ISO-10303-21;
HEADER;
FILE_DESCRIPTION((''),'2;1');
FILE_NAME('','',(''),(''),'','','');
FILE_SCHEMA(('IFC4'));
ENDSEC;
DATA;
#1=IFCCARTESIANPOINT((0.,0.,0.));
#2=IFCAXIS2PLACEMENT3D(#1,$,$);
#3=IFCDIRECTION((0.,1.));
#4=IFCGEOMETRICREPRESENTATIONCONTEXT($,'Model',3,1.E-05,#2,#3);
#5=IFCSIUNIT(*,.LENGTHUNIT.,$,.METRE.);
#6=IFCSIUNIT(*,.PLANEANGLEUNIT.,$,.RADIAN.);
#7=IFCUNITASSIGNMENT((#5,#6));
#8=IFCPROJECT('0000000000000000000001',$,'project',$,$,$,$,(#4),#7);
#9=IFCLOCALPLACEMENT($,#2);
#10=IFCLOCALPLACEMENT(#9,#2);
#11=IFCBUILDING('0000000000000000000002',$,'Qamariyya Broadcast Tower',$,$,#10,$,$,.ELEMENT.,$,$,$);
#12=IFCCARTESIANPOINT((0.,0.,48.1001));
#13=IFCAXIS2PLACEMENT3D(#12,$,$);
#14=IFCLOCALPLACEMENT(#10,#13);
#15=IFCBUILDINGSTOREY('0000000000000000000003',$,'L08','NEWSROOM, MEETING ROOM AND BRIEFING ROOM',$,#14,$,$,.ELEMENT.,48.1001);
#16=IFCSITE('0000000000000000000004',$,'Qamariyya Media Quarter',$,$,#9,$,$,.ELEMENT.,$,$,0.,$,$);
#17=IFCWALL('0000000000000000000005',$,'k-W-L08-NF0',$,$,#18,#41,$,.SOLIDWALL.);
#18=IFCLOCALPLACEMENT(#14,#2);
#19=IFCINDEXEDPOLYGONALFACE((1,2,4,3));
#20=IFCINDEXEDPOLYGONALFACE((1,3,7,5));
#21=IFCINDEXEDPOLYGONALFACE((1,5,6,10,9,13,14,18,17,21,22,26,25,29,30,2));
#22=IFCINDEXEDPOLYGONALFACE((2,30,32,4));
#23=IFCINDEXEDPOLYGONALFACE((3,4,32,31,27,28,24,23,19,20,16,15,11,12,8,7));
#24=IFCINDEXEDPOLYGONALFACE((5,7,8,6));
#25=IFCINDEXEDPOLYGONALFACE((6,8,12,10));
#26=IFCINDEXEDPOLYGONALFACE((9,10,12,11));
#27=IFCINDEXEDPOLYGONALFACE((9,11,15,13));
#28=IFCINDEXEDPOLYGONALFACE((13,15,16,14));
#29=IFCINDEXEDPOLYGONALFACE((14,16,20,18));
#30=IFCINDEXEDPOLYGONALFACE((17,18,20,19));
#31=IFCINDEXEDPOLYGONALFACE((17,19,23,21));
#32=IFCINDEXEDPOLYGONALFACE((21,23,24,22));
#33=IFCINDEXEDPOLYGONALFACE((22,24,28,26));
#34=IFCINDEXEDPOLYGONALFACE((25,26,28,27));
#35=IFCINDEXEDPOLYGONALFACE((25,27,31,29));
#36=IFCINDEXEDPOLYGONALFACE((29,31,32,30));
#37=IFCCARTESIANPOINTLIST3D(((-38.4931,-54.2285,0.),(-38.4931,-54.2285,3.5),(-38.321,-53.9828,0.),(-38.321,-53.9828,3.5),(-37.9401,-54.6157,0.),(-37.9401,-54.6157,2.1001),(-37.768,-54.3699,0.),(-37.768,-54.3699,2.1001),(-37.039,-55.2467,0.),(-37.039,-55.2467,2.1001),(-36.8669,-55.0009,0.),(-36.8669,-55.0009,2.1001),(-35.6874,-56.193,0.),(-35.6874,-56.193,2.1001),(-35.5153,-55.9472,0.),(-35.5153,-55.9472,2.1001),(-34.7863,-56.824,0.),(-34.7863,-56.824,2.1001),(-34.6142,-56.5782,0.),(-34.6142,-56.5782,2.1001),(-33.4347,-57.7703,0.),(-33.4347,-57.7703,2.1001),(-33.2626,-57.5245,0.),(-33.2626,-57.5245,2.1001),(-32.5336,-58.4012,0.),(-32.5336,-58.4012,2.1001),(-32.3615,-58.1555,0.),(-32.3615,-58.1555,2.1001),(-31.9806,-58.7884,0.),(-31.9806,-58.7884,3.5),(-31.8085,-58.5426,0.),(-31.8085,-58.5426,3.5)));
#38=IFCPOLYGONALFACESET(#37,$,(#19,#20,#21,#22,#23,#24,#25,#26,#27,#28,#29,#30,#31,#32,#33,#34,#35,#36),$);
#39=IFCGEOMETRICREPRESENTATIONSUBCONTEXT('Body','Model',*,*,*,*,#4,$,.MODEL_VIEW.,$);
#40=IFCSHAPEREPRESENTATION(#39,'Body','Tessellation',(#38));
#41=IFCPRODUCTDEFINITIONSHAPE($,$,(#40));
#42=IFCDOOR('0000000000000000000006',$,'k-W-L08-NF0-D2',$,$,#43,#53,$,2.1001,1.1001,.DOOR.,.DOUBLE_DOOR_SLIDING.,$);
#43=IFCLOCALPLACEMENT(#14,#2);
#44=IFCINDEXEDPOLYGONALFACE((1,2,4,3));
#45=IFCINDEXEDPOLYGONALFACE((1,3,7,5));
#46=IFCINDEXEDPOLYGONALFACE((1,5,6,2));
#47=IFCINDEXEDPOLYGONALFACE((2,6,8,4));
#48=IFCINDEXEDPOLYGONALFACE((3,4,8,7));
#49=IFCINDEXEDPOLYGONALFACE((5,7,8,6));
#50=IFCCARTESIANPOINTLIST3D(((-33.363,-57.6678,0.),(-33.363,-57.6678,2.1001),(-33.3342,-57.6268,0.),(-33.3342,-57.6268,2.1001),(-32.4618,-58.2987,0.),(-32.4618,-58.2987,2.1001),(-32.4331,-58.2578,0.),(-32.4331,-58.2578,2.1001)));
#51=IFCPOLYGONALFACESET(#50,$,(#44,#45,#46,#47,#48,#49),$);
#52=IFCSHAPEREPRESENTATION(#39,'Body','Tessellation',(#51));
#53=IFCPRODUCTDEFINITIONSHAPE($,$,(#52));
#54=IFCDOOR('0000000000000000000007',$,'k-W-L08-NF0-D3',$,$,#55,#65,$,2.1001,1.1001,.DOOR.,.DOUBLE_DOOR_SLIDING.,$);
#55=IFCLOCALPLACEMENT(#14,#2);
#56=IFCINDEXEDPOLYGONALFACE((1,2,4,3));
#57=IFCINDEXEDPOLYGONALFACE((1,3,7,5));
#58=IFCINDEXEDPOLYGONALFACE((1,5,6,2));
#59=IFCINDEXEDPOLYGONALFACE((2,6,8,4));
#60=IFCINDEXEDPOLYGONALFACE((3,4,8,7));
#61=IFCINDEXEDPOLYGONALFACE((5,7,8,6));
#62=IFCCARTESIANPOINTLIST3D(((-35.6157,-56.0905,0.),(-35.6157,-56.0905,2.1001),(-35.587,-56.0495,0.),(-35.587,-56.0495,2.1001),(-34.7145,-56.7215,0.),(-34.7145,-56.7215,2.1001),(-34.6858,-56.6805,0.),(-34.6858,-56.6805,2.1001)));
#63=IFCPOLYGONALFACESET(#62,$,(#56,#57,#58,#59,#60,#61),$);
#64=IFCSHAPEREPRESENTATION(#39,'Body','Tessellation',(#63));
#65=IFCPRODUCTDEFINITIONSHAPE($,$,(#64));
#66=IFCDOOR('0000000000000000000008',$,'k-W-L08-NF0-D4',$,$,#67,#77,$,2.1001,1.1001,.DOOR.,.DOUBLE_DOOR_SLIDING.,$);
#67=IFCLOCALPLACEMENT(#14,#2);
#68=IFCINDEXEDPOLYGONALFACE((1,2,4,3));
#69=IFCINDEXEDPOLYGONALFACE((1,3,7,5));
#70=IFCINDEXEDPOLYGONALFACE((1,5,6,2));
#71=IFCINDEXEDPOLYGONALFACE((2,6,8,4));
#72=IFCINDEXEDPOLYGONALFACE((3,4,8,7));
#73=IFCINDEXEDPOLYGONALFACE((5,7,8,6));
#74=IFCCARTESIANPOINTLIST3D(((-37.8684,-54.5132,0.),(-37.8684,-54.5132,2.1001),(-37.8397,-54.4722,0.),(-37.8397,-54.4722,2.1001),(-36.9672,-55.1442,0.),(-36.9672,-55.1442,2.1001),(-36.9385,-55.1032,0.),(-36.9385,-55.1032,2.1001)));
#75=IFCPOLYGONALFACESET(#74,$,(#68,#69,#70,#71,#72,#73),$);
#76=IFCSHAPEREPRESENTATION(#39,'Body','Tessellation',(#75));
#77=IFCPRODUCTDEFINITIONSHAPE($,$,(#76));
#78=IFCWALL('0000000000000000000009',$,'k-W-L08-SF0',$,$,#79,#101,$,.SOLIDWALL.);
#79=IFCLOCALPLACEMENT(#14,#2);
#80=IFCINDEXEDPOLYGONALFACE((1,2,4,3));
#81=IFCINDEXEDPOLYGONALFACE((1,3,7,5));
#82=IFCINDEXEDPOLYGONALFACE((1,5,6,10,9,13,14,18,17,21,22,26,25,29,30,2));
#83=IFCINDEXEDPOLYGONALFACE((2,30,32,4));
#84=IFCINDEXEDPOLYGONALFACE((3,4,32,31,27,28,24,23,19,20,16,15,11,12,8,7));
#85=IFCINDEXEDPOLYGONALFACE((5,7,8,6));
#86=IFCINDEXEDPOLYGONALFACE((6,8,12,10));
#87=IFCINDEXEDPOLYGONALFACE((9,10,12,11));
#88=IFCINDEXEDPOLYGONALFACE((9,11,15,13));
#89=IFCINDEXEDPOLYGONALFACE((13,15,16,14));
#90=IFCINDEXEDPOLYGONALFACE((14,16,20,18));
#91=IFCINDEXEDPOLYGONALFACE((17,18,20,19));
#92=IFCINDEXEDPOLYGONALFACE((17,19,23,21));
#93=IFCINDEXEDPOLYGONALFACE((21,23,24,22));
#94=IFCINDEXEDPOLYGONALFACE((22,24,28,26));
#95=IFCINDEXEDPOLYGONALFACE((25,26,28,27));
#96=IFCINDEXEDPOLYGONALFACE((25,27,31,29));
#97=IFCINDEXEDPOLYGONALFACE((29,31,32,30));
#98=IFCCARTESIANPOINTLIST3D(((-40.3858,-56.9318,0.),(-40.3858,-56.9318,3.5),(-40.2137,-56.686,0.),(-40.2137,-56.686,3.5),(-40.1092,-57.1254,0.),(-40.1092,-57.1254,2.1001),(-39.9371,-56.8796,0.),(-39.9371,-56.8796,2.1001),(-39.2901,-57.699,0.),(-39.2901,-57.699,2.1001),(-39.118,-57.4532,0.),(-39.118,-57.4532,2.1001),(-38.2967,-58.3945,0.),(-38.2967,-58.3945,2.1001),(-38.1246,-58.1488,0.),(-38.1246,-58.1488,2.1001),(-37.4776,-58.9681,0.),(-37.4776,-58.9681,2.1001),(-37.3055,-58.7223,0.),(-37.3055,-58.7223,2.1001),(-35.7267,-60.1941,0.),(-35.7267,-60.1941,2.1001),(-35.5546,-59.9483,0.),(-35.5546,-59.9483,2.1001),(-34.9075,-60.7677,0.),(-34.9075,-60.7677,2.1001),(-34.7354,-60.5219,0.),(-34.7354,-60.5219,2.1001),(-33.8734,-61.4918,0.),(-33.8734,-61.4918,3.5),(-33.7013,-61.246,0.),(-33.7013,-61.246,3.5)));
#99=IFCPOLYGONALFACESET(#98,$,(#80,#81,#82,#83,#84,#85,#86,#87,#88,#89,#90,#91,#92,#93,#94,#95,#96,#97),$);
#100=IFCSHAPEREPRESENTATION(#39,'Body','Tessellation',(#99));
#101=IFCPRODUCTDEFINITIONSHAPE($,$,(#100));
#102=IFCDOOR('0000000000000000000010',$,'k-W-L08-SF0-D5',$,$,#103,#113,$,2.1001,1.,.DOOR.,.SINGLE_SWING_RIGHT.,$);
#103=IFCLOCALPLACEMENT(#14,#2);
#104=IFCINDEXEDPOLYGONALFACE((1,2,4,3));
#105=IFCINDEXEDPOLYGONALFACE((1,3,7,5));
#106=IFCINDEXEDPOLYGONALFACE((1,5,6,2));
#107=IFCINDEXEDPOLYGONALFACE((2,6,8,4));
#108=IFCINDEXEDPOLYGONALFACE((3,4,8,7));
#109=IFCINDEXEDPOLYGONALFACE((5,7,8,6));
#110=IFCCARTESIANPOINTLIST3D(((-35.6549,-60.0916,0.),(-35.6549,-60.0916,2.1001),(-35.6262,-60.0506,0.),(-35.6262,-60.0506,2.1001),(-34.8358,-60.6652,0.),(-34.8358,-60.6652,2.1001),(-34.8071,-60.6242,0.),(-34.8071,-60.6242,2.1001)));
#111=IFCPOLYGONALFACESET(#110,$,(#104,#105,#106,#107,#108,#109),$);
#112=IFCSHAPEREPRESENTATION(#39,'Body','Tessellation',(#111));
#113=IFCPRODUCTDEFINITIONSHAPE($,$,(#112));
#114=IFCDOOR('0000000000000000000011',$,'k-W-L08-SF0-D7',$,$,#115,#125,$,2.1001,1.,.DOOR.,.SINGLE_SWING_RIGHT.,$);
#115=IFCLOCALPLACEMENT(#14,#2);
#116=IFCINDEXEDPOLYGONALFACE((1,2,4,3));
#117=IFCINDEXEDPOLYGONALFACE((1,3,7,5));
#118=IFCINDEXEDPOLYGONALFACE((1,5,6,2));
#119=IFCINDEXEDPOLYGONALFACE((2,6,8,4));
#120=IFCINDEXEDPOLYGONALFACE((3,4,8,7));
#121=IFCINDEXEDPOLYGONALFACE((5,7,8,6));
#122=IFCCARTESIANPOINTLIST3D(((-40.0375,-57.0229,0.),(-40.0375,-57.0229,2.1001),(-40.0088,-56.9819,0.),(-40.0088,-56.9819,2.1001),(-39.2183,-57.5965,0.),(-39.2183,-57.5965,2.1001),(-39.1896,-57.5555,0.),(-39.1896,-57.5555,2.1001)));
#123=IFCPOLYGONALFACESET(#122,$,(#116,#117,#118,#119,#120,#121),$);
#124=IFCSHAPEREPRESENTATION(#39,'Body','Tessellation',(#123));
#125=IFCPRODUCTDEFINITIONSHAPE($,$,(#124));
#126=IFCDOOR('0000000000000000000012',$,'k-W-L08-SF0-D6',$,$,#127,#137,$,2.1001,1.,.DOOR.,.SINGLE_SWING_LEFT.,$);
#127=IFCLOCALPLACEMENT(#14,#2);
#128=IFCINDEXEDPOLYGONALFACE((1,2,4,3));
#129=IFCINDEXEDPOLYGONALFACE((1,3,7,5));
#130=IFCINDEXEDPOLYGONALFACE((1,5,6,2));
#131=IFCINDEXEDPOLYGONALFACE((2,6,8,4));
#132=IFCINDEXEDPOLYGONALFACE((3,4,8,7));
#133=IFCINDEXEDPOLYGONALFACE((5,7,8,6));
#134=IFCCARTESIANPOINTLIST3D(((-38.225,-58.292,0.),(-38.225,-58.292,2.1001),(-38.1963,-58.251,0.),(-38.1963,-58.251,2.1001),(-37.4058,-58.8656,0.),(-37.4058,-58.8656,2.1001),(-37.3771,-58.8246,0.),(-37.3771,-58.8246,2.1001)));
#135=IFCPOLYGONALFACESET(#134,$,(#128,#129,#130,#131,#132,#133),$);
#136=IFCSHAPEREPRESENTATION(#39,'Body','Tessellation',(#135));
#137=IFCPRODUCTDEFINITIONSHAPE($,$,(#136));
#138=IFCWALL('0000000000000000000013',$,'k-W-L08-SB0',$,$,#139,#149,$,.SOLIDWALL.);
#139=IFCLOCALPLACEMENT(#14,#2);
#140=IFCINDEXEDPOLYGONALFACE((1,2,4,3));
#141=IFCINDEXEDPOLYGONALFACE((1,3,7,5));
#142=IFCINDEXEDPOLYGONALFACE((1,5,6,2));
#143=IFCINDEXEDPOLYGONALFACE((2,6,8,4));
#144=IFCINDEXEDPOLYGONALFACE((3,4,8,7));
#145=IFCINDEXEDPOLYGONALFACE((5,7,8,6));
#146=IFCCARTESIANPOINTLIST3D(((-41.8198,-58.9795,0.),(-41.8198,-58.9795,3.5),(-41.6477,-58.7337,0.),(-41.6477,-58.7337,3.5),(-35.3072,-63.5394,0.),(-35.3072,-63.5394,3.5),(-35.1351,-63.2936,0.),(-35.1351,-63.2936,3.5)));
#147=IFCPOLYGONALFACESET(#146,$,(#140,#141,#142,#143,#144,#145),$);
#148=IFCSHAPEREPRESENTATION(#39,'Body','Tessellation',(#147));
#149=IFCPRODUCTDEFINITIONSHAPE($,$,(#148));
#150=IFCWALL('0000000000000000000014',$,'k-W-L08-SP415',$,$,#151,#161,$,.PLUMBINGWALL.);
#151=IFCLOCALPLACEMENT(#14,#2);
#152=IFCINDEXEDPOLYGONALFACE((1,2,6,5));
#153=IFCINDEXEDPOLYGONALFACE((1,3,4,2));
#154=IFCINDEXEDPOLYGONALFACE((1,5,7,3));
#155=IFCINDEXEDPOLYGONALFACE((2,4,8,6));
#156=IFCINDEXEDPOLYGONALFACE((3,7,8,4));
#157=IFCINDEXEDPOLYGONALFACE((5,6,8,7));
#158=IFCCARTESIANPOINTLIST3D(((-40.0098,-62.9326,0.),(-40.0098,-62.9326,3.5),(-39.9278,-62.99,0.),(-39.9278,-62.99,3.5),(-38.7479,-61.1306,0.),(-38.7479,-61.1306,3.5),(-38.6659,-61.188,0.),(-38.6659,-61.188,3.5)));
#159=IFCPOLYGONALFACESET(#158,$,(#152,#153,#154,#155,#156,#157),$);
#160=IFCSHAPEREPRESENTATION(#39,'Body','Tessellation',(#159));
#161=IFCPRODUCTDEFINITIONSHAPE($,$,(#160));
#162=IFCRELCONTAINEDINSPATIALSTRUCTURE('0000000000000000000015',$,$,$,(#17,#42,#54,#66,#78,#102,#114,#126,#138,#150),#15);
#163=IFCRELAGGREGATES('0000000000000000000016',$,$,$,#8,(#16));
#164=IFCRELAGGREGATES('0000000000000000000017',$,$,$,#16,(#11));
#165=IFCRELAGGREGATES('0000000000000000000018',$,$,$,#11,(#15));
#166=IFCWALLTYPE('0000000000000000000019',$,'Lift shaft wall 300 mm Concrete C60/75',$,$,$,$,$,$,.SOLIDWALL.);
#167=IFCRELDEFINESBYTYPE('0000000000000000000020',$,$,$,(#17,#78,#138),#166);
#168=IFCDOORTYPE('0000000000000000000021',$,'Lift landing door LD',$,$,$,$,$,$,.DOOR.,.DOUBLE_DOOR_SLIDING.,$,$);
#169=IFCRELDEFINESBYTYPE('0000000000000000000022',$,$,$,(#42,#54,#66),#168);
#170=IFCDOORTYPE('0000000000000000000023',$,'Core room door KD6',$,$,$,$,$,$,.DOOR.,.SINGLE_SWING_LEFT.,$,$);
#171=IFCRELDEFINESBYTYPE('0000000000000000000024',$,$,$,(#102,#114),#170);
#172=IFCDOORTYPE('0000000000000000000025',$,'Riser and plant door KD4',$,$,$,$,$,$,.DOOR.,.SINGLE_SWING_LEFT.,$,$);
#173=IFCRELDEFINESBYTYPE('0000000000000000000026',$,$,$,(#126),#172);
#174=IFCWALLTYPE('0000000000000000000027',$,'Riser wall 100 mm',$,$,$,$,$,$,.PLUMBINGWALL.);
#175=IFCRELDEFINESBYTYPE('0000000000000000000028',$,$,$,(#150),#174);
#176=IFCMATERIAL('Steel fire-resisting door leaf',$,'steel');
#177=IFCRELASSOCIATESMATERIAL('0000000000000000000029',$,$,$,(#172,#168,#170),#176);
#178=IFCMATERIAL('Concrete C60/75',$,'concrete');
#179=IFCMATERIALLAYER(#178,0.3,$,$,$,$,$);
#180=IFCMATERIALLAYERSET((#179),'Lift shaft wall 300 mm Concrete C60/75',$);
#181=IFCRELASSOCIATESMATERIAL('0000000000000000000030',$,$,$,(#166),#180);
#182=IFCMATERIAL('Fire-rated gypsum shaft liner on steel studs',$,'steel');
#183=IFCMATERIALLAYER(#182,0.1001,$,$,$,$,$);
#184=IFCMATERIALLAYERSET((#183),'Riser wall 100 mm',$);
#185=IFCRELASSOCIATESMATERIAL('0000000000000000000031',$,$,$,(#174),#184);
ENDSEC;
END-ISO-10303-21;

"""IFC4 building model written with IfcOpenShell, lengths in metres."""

from ifc_helpers import new_model, si_unit, direction, frame, frame_2d, origin, place, context, subcontext, project, spatial, rectangle, extrude, material, layer, layer_set, type_object, element, fill, save


model = new_model("IFC4")

# Units and contexts
model_context = context("Model", 3, precision=1e-05, world=origin(), true_north=direction((0.0, 1.0)))
body_context = subcontext(model_context, "Body", "Model", "MODEL_VIEW")
ifc_project = project(units=[si_unit("LENGTHUNIT", "METRE"), si_unit("PLANEANGLEUNIT", "RADIAN")], contexts=[model_context])

# Site, building, storey
site_placement = place(None, origin())
site = spatial("IfcSite", under=ifc_project, at=site_placement, Name="Qamariyya Media Quarter", CompositionType="ELEMENT", RefElevation=0.0)
building_placement = place(site_placement, origin())
building = spatial("IfcBuilding", under=site, at=building_placement, Name="Qamariyya Broadcast Tower", CompositionType="ELEMENT")
storey_placement = place(building_placement, frame((0.0, 0.0, 48.1001)))
storey = spatial("IfcBuildingStorey", under=building, at=storey_placement, Name="L08", Description="NEWSROOM, MEETING ROOM AND BRIEFING ROOM", CompositionType="ELEMENT", Elevation=48.1001)

# Shared definitions
ifc_material_1 = material(Name="Steel fire-resisting door leaf", Category="steel")
door_type_1 = type_object("IfcDoorType", Name="Riser and plant door KD4", OperationType="SINGLE_SWING_LEFT", PredefinedType="DOOR", material=ifc_material_1)

# Walls, openings, doors
ifc_material_2 = material(Name="Concrete C60/75", Category="concrete")
ifc_layer_1 = layer(ifc_material_2, 0.3)
ifc_layer_set_1 = layer_set([ifc_layer_1], Name="Lift shaft wall 300 mm Concrete C60/75")
wall_type_1 = type_object("IfcWallType", Name="Lift shaft wall 300 mm Concrete C60/75", PredefinedType="SOLIDWALL", material=ifc_layer_set_1)
wall_1_placement = place(storey_placement, frame((-31.8945, -58.6655, 0.0), z_axis=(0.0, 0.0, 1.0), x_axis=(-0.819167, 0.573555, 0.0)))
wall_1 = element("IfcWall", 1, at=wall_1_placement, inside=storey, type_object=wall_type_1, Name="k-W-L08-NF0", PredefinedType="SOLIDWALL", context=body_context, shape_type="SweptSolid", body=[
    extrude(rectangle(XDim=7.9502, YDim=0.3, at=frame_2d((3.9751, 0.0))), origin(), (0.0, 0.0, 1.0), 3.5),
])
opening_1_placement = place(wall_1_placement, frame((0.675, 0.0, 0.0)))
opening_1 = element("IfcOpeningElement", 2, at=opening_1_placement, cuts=wall_1, PredefinedType="OPENING", context=body_context, shape_type="SweptSolid", body=[
    extrude(rectangle(XDim=1.1001, YDim=2.1001, at=frame_2d((0.55, 1.05))), frame((0.0, 0.1599, 0.0), z_axis=(0.0, -1.0, 0.0), x_axis=(1.0, 0.0, 0.0)), (0.0, 0.0, 1.0), 0.3201),
])
opening_2_placement = place(wall_1_placement, frame((3.425, 0.0, 0.0)))
opening_2 = element("IfcOpeningElement", 3, at=opening_2_placement, cuts=wall_1, PredefinedType="OPENING", context=body_context, shape_type="SweptSolid", body=[
    extrude(rectangle(XDim=1.1001, YDim=2.1001, at=frame_2d((0.55, 1.05))), frame((0.0, 0.1599, 0.0), z_axis=(0.0, -1.0, 0.0), x_axis=(1.0, 0.0, 0.0)), (0.0, 0.0, 1.0), 0.3201),
])
opening_3_placement = place(wall_1_placement, frame((6.175, 0.0, 0.0)))
opening_3 = element("IfcOpeningElement", 4, at=opening_3_placement, cuts=wall_1, PredefinedType="OPENING", context=body_context, shape_type="SweptSolid", body=[
    extrude(rectangle(XDim=1.1001, YDim=2.1001, at=frame_2d((0.55, 1.05))), frame((0.0, 0.1599, 0.0), z_axis=(0.0, -1.0, 0.0), x_axis=(1.0, 0.0, 0.0)), (0.0, 0.0, 1.0), 0.3201),
])
door_type_2 = type_object("IfcDoorType", Name="Lift landing door LD", OperationType="DOUBLE_DOOR_SLIDING", PredefinedType="DOOR", material=ifc_material_1)
door_1_placement = place(opening_1_placement, origin())
door_1 = element("IfcDoor", 5, at=door_1_placement, inside=storey, type_object=door_type_2, Name="k-W-L08-NF0-D2", OperationType="DOUBLE_DOOR_SLIDING", OverallHeight=2.1001, OverallWidth=1.1001, PredefinedType="DOOR", context=body_context, shape_type="SweptSolid", body=[
    extrude(rectangle(XDim=1.1001, YDim=2.1001, at=frame_2d((0.55, 1.05))), frame((0.0, 0.0249, 0.0), z_axis=(0.0, -1.0, 0.0), x_axis=(1.0, 0.0, 0.0)), (0.0, 0.0, 1.0), 0.05),
])
fill(opening_1, door_1)
door_2_placement = place(opening_2_placement, origin())
door_2 = element("IfcDoor", 6, at=door_2_placement, inside=storey, type_object=door_type_2, Name="k-W-L08-NF0-D3", OperationType="DOUBLE_DOOR_SLIDING", OverallHeight=2.1001, OverallWidth=1.1001, PredefinedType="DOOR", context=body_context, shape_type="SweptSolid", body=[
    extrude(rectangle(XDim=1.1001, YDim=2.1001, at=frame_2d((0.55, 1.05))), frame((0.0, 0.0249, 0.0), z_axis=(0.0, -1.0, 0.0), x_axis=(1.0, 0.0, 0.0)), (0.0, 0.0, 1.0), 0.05),
])
fill(opening_2, door_2)
door_3_placement = place(opening_3_placement, origin())
door_3 = element("IfcDoor", 7, at=door_3_placement, inside=storey, type_object=door_type_2, Name="k-W-L08-NF0-D4", OperationType="DOUBLE_DOOR_SLIDING", OverallHeight=2.1001, OverallWidth=1.1001, PredefinedType="DOOR", context=body_context, shape_type="SweptSolid", body=[
    extrude(rectangle(XDim=1.1001, YDim=2.1001, at=frame_2d((0.55, 1.05))), frame((0.0, 0.0249, 0.0), z_axis=(0.0, -1.0, 0.0), x_axis=(1.0, 0.0, 0.0)), (0.0, 0.0, 1.0), 0.05),
])
fill(opening_3, door_3)
wall_2_placement = place(storey_placement, frame((-33.7874, -61.3689, 0.0), z_axis=(0.0, 0.0, 1.0), x_axis=(-0.819153, 0.573576, 0.0)))
wall_2 = element("IfcWall", 8, at=wall_2_placement, inside=storey, type_object=wall_type_1, Name="k-W-L08-SF0", PredefinedType="SOLIDWALL", context=body_context, shape_type="SweptSolid", body=[
    extrude(rectangle(XDim=7.9502, YDim=0.3, at=frame_2d((3.9751, 0.0))), origin(), (0.0, 0.0, 1.0), 3.5),
])
opening_4_placement = place(wall_2_placement, frame((1.2625, 0.0, 0.0)))
opening_4 = element("IfcOpeningElement", 9, at=opening_4_placement, cuts=wall_2, PredefinedType="OPENING", context=body_context, shape_type="SweptSolid", body=[
    extrude(rectangle(XDim=1.0, YDim=2.1001, at=frame_2d((0.5, 1.05))), frame((0.0, 0.1599, 0.0), z_axis=(0.0, -1.0, 0.0), x_axis=(1.0, 0.0, 0.0)), (0.0, 0.0, 1.0), 0.3201),
])
opening_5_placement = place(wall_2_placement, frame((4.3999, 0.0, 0.0)))
opening_5 = element("IfcOpeningElement", 10, at=opening_5_placement, cuts=wall_2, PredefinedType="OPENING", context=body_context, shape_type="SweptSolid", body=[
    extrude(rectangle(XDim=1.0, YDim=2.1001, at=frame_2d((0.5, 1.05))), frame((0.0, 0.1599, 0.0), z_axis=(0.0, -1.0, 0.0), x_axis=(1.0, 0.0, 0.0)), (0.0, 0.0, 1.0), 0.3201),
])
opening_6_placement = place(wall_2_placement, frame((6.6125, 0.0, 0.0)))
opening_6 = element("IfcOpeningElement", 11, at=opening_6_placement, cuts=wall_2, PredefinedType="OPENING", context=body_context, shape_type="SweptSolid", body=[
    extrude(rectangle(XDim=1.0, YDim=2.1001, at=frame_2d((0.5, 1.05))), frame((0.0, 0.1599, 0.0), z_axis=(0.0, -1.0, 0.0), x_axis=(1.0, 0.0, 0.0)), (0.0, 0.0, 1.0), 0.3201),
])
door_type_3 = type_object("IfcDoorType", Name="Core room door KD6", OperationType="SINGLE_SWING_LEFT", PredefinedType="DOOR", material=ifc_material_1)
door_4_placement = place(opening_4_placement, origin())
door_4 = element("IfcDoor", 12, at=door_4_placement, inside=storey, type_object=door_type_3, Name="k-W-L08-SF0-D5", OperationType="SINGLE_SWING_RIGHT", OverallHeight=2.1001, OverallWidth=1.0, PredefinedType="DOOR", context=body_context, shape_type="SweptSolid", body=[
    extrude(rectangle(XDim=1.0, YDim=2.1001, at=frame_2d((0.5, 1.05))), frame((0.0, 0.0249, 0.0), z_axis=(0.0, -1.0, 0.0), x_axis=(1.0, 0.0, 0.0)), (0.0, 0.0, 1.0), 0.05),
])
fill(opening_4, door_4)
door_5_placement = place(opening_6_placement, origin())
door_5 = element("IfcDoor", 13, at=door_5_placement, inside=storey, type_object=door_type_3, Name="k-W-L08-SF0-D7", OperationType="SINGLE_SWING_RIGHT", OverallHeight=2.1001, OverallWidth=1.0, PredefinedType="DOOR", context=body_context, shape_type="SweptSolid", body=[
    extrude(rectangle(XDim=1.0, YDim=2.1001, at=frame_2d((0.5, 1.05))), frame((0.0, 0.0249, 0.0), z_axis=(0.0, -1.0, 0.0), x_axis=(1.0, 0.0, 0.0)), (0.0, 0.0, 1.0), 0.05),
])
fill(opening_6, door_5)
door_6_placement = place(opening_5_placement, origin())
door_6 = element("IfcDoor", 14, at=door_6_placement, inside=storey, type_object=door_type_1, Name="k-W-L08-SF0-D6", OperationType="SINGLE_SWING_LEFT", OverallHeight=2.1001, OverallWidth=1.0, PredefinedType="DOOR", context=body_context, shape_type="SweptSolid", body=[
    extrude(rectangle(XDim=1.0, YDim=2.1001, at=frame_2d((0.5, 1.05))), frame((0.0, 0.0249, 0.0), z_axis=(0.0, -1.0, 0.0), x_axis=(1.0, 0.0, 0.0)), (0.0, 0.0, 1.0), 0.05),
])
fill(opening_5, door_6)

# Walls
wall_3_placement = place(storey_placement, frame((-35.2212, -63.4165, 0.0), z_axis=(0.0, 0.0, 1.0), x_axis=(-0.819167, 0.573555, 0.0)))
element("IfcWall", 15, at=wall_3_placement, inside=storey, type_object=wall_type_1, Name="k-W-L08-SB0", PredefinedType="SOLIDWALL", context=body_context, shape_type="SweptSolid", body=[
    extrude(rectangle(XDim=7.9502, YDim=0.3, at=frame_2d((3.9751, 0.0))), origin(), (0.0, 0.0, 1.0), 3.5),
])
ifc_material_3 = material(Name="Fire-rated gypsum shaft liner on steel studs", Category="steel")
ifc_layer_2 = layer(ifc_material_3, 0.1001)
ifc_layer_set_2 = layer_set([ifc_layer_2], Name="Riser wall 100 mm")
wall_type_2 = type_object("IfcWallType", Name="Riser wall 100 mm", PredefinedType="PLUMBINGWALL", material=ifc_layer_set_2)
for number, where, z_axis, x_axis, name in (
    (16, (-38.7068, -61.1592, 0.0), (0.0, 0.0, 1.0), (-0.573634, -0.819112, 0.0), "k-W-L08-SP415"),
):
    element("IfcWall", number, at=place(storey_placement, frame(where, z_axis=z_axis, x_axis=x_axis)), inside=storey, type_object=wall_type_2, Name=name, PredefinedType="PLUMBINGWALL", context=body_context, shape_type="SweptSolid", body=[
        extrude(rectangle(XDim=2.2, YDim=0.1001, at=frame_2d((1.1001, 0.0))), origin(), (0.0, 0.0, 1.0), 3.5),
    ])

save(model, "model.ifc")
